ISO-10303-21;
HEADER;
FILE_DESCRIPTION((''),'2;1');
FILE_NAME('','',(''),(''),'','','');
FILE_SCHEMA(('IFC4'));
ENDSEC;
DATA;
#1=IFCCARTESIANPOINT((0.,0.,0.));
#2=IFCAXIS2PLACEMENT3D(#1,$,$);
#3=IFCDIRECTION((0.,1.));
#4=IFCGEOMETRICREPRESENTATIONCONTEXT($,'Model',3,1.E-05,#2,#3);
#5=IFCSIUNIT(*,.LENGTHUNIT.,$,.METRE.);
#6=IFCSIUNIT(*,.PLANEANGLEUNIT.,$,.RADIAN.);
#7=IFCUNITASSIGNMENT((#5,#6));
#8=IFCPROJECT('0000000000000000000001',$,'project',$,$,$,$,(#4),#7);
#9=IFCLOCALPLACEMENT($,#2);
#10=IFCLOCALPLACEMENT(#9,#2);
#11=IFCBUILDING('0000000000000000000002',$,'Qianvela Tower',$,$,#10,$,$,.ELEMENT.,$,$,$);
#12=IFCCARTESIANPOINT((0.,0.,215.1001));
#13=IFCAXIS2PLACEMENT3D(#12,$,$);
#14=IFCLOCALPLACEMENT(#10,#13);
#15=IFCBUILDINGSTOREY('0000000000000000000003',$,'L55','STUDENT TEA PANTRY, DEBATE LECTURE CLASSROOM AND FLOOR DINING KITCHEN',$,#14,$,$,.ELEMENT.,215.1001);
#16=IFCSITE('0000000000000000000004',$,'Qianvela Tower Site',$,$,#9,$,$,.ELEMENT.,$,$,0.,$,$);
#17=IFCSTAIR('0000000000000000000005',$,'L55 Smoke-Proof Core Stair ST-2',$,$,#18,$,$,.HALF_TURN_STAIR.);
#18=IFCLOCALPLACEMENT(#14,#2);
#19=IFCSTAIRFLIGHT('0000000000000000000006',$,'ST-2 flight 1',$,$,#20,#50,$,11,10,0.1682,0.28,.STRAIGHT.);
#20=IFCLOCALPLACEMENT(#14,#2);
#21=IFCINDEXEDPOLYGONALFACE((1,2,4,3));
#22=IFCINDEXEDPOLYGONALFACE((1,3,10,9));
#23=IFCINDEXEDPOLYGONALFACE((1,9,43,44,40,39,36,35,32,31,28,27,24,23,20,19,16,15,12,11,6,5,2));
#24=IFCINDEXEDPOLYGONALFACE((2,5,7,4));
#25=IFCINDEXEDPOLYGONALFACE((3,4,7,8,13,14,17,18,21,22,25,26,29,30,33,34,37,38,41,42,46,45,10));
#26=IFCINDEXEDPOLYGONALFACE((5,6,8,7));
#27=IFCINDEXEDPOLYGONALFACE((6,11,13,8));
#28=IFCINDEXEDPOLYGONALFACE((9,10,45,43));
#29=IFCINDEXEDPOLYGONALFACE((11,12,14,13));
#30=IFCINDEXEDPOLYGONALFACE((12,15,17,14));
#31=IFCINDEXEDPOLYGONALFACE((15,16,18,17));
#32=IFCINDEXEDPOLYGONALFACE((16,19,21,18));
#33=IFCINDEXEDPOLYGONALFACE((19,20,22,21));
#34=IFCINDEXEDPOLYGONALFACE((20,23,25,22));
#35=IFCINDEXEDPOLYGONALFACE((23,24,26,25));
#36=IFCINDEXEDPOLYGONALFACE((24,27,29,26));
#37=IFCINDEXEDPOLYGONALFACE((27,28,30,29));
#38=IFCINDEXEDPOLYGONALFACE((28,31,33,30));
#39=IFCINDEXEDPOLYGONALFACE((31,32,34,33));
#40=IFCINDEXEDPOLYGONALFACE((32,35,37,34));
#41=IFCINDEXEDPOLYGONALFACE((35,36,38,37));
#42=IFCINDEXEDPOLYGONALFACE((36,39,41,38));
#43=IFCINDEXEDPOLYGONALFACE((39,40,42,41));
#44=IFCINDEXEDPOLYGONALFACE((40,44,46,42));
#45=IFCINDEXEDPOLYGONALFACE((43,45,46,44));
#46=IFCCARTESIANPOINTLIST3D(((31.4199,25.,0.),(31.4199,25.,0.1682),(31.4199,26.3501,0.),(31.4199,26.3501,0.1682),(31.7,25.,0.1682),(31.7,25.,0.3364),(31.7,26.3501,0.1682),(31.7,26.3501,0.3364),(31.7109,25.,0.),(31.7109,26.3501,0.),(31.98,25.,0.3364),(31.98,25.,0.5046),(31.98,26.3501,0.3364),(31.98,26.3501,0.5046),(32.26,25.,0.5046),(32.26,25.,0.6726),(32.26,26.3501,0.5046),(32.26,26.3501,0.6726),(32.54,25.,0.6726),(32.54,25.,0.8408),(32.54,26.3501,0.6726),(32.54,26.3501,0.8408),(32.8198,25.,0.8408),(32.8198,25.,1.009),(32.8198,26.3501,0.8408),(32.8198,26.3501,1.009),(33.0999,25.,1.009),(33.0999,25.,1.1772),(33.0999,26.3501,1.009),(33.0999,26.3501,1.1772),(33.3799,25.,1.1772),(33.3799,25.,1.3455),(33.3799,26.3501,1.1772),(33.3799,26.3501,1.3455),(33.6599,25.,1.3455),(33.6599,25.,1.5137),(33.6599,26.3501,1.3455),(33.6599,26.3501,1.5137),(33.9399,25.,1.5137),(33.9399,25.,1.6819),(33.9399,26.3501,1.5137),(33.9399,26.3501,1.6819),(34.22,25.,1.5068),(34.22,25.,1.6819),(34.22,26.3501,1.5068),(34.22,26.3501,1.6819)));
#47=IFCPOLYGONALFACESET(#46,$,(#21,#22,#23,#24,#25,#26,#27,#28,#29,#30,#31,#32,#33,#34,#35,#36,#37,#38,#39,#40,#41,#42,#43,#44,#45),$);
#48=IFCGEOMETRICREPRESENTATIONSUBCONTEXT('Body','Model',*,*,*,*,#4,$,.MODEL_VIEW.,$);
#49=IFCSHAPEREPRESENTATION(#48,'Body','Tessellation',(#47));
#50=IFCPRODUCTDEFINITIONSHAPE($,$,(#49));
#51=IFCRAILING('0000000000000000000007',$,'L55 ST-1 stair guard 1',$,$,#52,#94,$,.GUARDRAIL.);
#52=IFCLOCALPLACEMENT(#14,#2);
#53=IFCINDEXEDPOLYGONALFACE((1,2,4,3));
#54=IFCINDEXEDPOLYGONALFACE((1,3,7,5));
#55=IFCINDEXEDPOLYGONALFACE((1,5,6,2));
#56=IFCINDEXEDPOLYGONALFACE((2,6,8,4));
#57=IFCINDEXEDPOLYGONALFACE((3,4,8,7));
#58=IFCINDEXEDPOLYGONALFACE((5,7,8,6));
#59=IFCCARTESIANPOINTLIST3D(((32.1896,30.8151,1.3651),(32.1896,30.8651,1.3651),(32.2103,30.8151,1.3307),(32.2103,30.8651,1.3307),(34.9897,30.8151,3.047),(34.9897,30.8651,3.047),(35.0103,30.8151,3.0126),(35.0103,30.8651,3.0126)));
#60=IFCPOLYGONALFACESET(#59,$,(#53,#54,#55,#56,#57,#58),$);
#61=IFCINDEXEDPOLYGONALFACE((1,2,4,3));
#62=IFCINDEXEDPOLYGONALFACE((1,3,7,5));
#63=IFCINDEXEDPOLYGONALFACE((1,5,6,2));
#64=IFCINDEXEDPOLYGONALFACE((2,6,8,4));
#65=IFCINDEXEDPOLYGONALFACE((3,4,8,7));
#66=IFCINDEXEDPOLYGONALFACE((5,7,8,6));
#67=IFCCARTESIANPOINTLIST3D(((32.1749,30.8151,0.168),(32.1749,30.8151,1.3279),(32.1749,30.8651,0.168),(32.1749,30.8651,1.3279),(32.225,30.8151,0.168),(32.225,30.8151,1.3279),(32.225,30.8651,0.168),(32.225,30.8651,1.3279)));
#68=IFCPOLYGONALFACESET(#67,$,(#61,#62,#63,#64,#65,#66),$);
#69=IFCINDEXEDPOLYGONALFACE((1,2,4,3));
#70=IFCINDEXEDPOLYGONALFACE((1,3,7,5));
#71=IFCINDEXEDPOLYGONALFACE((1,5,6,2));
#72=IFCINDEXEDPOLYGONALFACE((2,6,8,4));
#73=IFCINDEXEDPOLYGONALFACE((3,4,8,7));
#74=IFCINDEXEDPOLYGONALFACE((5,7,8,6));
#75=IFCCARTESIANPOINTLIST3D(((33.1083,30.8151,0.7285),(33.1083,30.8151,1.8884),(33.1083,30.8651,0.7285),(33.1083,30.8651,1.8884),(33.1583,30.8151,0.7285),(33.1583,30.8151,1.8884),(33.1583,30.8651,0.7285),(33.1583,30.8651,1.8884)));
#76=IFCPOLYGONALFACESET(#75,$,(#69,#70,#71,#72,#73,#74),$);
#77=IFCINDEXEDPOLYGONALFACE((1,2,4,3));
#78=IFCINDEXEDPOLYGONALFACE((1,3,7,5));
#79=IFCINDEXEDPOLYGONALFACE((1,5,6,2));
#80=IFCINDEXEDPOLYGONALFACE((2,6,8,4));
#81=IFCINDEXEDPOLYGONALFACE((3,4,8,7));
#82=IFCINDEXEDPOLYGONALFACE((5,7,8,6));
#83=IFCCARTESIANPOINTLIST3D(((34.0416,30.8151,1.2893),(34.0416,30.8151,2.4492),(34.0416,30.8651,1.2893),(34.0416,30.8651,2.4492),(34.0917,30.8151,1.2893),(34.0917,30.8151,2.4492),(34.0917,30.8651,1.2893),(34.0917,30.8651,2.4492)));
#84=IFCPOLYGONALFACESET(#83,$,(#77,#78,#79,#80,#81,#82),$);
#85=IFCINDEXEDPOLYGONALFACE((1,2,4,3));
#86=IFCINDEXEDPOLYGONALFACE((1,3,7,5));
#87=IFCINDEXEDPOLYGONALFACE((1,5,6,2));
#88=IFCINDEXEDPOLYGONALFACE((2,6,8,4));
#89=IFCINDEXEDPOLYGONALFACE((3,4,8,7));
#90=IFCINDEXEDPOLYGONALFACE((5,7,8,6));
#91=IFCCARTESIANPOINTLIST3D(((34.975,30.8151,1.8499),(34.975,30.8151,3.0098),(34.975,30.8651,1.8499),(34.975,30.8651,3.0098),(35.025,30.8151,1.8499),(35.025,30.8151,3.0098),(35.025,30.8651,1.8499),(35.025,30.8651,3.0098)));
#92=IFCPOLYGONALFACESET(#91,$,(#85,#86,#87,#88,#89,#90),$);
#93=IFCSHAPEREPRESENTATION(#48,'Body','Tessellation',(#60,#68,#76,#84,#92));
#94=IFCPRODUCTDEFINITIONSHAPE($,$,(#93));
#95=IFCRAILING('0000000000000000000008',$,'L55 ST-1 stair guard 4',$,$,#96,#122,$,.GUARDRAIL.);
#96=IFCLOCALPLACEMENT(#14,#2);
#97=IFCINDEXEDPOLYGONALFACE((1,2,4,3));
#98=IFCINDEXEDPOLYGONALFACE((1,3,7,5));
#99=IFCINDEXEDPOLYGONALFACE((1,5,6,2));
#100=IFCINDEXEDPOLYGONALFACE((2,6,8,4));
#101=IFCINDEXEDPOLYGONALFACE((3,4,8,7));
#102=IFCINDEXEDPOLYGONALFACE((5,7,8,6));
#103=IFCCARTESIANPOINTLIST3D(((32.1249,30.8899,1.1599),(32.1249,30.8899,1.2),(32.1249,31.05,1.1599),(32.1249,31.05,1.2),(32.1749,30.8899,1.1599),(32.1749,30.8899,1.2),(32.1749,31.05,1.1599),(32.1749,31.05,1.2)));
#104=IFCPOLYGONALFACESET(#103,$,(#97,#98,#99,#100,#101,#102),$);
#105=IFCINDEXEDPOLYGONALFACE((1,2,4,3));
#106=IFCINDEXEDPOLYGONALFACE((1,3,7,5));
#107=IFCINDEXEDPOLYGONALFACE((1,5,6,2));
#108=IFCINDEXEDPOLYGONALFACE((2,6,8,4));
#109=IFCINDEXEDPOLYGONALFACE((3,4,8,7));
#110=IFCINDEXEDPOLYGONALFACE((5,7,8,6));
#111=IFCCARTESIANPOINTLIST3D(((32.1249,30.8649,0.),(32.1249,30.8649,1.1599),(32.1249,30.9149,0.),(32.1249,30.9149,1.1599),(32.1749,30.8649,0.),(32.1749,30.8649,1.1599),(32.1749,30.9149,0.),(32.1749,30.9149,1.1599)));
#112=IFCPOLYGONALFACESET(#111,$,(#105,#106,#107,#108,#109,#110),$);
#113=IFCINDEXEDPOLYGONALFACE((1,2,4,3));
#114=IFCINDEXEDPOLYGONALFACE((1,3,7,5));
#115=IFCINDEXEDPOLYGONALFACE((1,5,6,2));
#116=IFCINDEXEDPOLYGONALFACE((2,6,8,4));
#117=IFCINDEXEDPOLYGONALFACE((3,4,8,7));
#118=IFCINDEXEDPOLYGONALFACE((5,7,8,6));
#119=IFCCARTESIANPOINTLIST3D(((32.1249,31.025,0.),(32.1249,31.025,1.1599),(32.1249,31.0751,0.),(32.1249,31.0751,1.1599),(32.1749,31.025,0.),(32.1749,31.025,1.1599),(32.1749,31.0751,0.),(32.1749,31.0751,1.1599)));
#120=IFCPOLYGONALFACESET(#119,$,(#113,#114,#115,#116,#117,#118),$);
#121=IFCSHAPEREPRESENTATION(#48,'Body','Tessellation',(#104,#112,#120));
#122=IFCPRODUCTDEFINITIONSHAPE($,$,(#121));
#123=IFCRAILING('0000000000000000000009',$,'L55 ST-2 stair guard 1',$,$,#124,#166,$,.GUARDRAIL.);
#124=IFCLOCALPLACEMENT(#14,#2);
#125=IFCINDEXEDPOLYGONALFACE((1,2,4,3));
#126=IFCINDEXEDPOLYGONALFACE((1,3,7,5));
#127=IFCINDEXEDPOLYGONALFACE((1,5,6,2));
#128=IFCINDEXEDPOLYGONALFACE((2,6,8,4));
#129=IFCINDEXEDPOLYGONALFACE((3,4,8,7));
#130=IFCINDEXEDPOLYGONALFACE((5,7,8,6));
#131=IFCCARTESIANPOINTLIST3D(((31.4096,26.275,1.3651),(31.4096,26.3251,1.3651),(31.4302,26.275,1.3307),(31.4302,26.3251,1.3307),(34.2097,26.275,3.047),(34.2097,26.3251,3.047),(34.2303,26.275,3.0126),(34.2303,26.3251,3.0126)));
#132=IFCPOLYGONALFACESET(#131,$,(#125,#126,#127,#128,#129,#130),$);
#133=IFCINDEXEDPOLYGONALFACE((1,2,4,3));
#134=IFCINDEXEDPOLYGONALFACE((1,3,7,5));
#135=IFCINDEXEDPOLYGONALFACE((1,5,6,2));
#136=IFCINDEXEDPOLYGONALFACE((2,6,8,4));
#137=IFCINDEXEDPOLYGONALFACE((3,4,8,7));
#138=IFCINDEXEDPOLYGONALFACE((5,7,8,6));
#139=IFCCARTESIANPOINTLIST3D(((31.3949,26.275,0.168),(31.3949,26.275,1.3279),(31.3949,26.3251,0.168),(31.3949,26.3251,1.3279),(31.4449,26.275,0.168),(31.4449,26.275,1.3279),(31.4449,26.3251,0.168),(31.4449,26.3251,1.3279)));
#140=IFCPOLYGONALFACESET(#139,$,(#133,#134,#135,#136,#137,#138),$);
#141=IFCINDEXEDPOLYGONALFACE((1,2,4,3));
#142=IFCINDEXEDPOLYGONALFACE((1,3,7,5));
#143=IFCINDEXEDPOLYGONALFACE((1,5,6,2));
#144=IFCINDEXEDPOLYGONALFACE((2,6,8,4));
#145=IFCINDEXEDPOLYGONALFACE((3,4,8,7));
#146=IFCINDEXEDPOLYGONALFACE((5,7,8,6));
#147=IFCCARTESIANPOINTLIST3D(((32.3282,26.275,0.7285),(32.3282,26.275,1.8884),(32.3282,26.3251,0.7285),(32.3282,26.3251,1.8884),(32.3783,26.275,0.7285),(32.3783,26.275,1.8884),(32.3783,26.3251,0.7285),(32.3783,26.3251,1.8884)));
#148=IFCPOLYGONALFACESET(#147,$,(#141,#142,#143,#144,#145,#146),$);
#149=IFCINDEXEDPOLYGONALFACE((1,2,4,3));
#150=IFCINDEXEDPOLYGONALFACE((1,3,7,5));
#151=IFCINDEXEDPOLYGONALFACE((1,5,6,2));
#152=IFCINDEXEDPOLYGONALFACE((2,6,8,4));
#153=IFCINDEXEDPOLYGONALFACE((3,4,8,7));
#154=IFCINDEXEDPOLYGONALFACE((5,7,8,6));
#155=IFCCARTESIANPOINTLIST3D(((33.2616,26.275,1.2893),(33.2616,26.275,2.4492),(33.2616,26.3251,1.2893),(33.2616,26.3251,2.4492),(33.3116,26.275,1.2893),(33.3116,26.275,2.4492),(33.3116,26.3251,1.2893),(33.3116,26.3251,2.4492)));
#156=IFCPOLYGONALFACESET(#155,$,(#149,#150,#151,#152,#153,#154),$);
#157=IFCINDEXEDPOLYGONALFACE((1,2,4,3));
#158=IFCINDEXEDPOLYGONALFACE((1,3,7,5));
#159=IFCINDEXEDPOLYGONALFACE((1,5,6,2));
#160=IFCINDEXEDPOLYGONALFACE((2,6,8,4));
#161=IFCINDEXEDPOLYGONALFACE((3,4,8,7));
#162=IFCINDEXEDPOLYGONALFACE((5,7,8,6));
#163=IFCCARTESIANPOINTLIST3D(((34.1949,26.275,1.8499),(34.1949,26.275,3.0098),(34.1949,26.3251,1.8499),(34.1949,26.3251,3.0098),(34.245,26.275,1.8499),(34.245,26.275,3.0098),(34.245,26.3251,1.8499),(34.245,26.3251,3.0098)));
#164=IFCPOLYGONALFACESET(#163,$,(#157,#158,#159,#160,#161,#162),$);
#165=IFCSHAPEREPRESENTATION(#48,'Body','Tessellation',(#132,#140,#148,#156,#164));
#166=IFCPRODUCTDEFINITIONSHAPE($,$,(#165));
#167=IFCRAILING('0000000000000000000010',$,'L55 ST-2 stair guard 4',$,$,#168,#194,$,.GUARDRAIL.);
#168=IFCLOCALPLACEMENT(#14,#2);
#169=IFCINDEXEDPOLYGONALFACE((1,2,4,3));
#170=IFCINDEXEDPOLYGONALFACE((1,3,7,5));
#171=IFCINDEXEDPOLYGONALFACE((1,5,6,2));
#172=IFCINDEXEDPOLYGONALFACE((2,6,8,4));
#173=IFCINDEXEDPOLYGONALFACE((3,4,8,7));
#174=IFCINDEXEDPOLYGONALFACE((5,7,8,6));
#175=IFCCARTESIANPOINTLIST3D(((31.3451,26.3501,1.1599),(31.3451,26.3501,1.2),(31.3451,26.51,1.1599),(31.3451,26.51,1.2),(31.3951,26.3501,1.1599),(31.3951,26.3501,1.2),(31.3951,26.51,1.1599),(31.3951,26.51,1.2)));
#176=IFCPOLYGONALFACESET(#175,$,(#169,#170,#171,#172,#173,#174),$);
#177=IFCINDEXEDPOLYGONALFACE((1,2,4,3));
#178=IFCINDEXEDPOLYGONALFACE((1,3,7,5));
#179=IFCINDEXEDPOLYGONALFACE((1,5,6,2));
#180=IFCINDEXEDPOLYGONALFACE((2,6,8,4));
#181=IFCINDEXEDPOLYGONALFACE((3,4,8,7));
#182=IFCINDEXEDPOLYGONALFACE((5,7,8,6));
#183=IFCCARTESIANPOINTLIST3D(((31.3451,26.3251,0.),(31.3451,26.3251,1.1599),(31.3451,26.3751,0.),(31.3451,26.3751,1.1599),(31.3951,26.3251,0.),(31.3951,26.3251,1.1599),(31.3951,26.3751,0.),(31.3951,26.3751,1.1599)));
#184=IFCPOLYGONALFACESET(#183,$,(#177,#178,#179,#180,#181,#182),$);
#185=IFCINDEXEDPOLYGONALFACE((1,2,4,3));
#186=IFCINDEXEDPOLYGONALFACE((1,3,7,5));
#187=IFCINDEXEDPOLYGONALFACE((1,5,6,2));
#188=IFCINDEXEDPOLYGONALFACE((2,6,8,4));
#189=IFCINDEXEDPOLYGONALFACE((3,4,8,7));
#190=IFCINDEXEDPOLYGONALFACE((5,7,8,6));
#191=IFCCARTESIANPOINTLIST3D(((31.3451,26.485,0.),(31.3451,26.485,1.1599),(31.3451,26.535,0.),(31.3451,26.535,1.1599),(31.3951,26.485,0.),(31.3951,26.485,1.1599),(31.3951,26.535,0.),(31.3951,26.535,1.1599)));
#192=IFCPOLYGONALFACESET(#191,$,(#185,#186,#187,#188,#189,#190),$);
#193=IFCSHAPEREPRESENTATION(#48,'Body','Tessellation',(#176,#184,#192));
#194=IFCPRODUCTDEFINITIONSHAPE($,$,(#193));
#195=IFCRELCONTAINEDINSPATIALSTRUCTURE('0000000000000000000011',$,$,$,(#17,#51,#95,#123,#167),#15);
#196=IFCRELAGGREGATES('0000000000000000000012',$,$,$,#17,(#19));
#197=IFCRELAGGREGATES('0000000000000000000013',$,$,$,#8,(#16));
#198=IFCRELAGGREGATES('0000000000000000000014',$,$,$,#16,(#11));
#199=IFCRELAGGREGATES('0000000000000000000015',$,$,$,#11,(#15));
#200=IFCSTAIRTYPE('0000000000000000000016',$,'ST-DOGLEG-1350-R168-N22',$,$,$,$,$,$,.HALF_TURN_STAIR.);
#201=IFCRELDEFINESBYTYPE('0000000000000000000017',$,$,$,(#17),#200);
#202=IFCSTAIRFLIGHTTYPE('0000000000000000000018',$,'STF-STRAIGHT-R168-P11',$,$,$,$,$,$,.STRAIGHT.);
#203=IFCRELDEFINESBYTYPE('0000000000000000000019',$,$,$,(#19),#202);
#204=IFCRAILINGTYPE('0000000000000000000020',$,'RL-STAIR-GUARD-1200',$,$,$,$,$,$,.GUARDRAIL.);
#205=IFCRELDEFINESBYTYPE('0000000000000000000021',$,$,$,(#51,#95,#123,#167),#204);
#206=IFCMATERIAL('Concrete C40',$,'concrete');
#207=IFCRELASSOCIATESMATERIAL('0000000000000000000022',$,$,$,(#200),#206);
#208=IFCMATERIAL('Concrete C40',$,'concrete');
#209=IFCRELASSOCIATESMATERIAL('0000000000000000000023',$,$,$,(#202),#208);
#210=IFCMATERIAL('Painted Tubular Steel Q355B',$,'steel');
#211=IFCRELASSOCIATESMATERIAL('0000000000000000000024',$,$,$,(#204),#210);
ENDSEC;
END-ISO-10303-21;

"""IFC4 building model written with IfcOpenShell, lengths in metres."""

from ifc_helpers import new_model, si_unit, direction, frame, origin, origin_2d, place, context, subcontext, project, spatial, polyline, rectangle, outline, extrude, material, type_object, element, aggregate, save


model = new_model("IFC4")

# Units and contexts
model_context = context("Model", 3, precision=1e-05, world=origin(), true_north=direction((0.0, 1.0)))
body_context = subcontext(model_context, "Body", "Model", "MODEL_VIEW")
ifc_project = project(units=[si_unit("LENGTHUNIT", "METRE"), si_unit("PLANEANGLEUNIT", "RADIAN")], contexts=[model_context])

# Site, building, storey
site_placement = place(None, origin())
site = spatial("IfcSite", under=ifc_project, at=site_placement, Name="Qianvela Tower Site", CompositionType="ELEMENT", RefElevation=0.0)
building_placement = place(site_placement, origin())
building = spatial("IfcBuilding", under=site, at=building_placement, Name="Qianvela Tower", CompositionType="ELEMENT")
storey_placement = place(building_placement, frame((0.0, 0.0, 215.1001)))
storey = spatial("IfcBuildingStorey", under=building, at=storey_placement, Name="L55", Description="STUDENT TEA PANTRY, DEBATE LECTURE CLASSROOM AND FLOOR DINING KITCHEN", CompositionType="ELEMENT", Elevation=215.1001)

# Stair, stair flight
ifc_material_1 = material(Name="Concrete C40", Category="concrete")
stair_type = type_object("IfcStairType", Name="ST-DOGLEG-1350-R168-N22", PredefinedType="HALF_TURN_STAIR", material=ifc_material_1)
ifc_material_2 = material(Name="Concrete C40", Category="concrete")
stair_flight_type = type_object("IfcStairFlightType", Name="STF-STRAIGHT-R168-P11", PredefinedType="STRAIGHT", material=ifc_material_2)
stair_1_placement = place(storey_placement, origin())
stair_1 = element("IfcStair", 1, at=stair_1_placement, inside=storey, type_object=stair_type, Name="L55 Smoke-Proof Core Stair ST-2", PredefinedType="HALF_TURN_STAIR")
stair_flight_1_placement = place(storey_placement, frame((31.4199, 25.675, 0.0), z_axis=(0.0, 0.0, 1.0), x_axis=(1.0, 0.0, 0.0)))
stair_flight_1 = element("IfcStairFlight", 2, at=stair_flight_1_placement, type_object=stair_flight_type, Name="ST-2 flight 1", NumberOfRisers=11, NumberOfTreads=10, PredefinedType="STRAIGHT", RiserHeight=0.1682, TreadLength=0.28, context=body_context, shape_type="SweptSolid", body=[
    extrude(outline(polyline([(0.0, 0.0), (0.0, 0.1682), (0.28, 0.1682), (0.28, 0.3364), (0.5601, 0.3364), (0.5601, 0.5046), (0.8401, 0.5046), (0.8401, 0.6726), (1.1201, 0.6726), (1.1201, 0.8408), (1.3999, 0.8408), (1.3999, 1.009), (1.6799, 1.009), (1.6799, 1.1772), (1.96, 1.1772), (1.96, 1.3455), (2.24, 1.3455), (2.24, 1.5137), (2.52, 1.5137), (2.52, 1.6819), (2.8, 1.6819), (2.8, 1.8501), (2.8, 1.5068), (0.291, 0.0), (0.0, 0.0)])), frame((0.0, 0.675, 0.0), z_axis=(0.0, -1.0, 0.0), x_axis=(1.0, 0.0, 0.0)), (0.0, 0.0, 1.0), 1.3501),
])
aggregate(stair_1, [stair_flight_1])

# Railings
ifc_material_3 = material(Name="Painted Tubular Steel Q355B", Category="steel")
railing_type_1 = type_object("IfcRailingType", Name="RL-STAIR-GUARD-1200", PredefinedType="GUARDRAIL", material=ifc_material_3)
railing_1_placement = place(storey_placement, frame((32.2, 30.8401, 0.168)))
element("IfcRailing", 3, at=railing_1_placement, inside=storey, type_object=railing_type_1, Name="L55 ST-1 stair guard 1", PredefinedType="GUARDRAIL", context=body_context, shape_type="SweptSolid", body=[
    extrude(rectangle(XDim=0.05, YDim=0.04, at=origin_2d()), frame((0.0, 0.0, 1.1799), z_axis=(0.857242, 0.0, 0.514913), x_axis=(0.0, 1.0, 0.0)), (0.0, 0.0, 1.0), 3.2664),
    extrude(rectangle(XDim=0.05, YDim=0.05, at=origin_2d()), origin(), (0.0, 0.0, 1.0), 1.1599),
    extrude(rectangle(XDim=0.05, YDim=0.05, at=origin_2d()), frame((0.9333, 0.0, 0.5605)), (0.0, 0.0, 1.0), 1.1599),
    extrude(rectangle(XDim=0.05, YDim=0.05, at=origin_2d()), frame((1.8667, 0.0, 1.1213)), (0.0, 0.0, 1.0), 1.1599),
    extrude(rectangle(XDim=0.05, YDim=0.05, at=origin_2d()), frame((2.8, 0.0, 1.6819)), (0.0, 0.0, 1.0), 1.1599),
])
railing_2_placement = place(storey_placement, frame((32.1499, 30.8899, 0.0)))
element("IfcRailing", 4, at=railing_2_placement, inside=storey, type_object=railing_type_1, Name="L55 ST-1 stair guard 4", PredefinedType="GUARDRAIL", context=body_context, shape_type="SweptSolid", body=[
    extrude(rectangle(XDim=0.05, YDim=0.04, at=origin_2d()), frame((0.0, 0.0, 1.1799), z_axis=(0.0, 1.0, 0.0), x_axis=(-1.0, 0.0, 0.0)), (0.0, 0.0, 1.0), 0.1602),
    extrude(rectangle(XDim=0.05, YDim=0.05, at=origin_2d()), origin(), (0.0, 0.0, 1.0), 1.1599),
    extrude(rectangle(XDim=0.05, YDim=0.05, at=origin_2d()), frame((0.0, 0.1602, 0.0)), (0.0, 0.0, 1.0), 1.1599),
])
railing_3_placement = place(storey_placement, frame((31.4199, 26.3, 0.168)))
element("IfcRailing", 5, at=railing_3_placement, inside=storey, type_object=railing_type_1, Name="L55 ST-2 stair guard 1", PredefinedType="GUARDRAIL", context=body_context, shape_type="SweptSolid", body=[
    extrude(rectangle(XDim=0.05, YDim=0.04, at=origin_2d()), frame((0.0, 0.0, 1.1799), z_axis=(0.857242, 0.0, 0.514913), x_axis=(0.0, 1.0, 0.0)), (0.0, 0.0, 1.0), 3.2664),
    extrude(rectangle(XDim=0.05, YDim=0.05, at=origin_2d()), origin(), (0.0, 0.0, 1.0), 1.1599),
    extrude(rectangle(XDim=0.05, YDim=0.05, at=origin_2d()), frame((0.9333, 0.0, 0.5605)), (0.0, 0.0, 1.0), 1.1599),
    extrude(rectangle(XDim=0.05, YDim=0.05, at=origin_2d()), frame((1.8667, 0.0, 1.1213)), (0.0, 0.0, 1.0), 1.1599),
    extrude(rectangle(XDim=0.05, YDim=0.05, at=origin_2d()), frame((2.8, 0.0, 1.6819)), (0.0, 0.0, 1.0), 1.1599),
])
railing_4_placement = place(storey_placement, frame((31.3701, 26.3501, 0.0)))
element("IfcRailing", 6, at=railing_4_placement, inside=storey, type_object=railing_type_1, Name="L55 ST-2 stair guard 4", PredefinedType="GUARDRAIL", context=body_context, shape_type="SweptSolid", body=[
    extrude(rectangle(XDim=0.05, YDim=0.04, at=origin_2d()), frame((0.0, 0.0, 1.1799), z_axis=(0.0, 1.0, 0.0), x_axis=(-1.0, 0.0, 0.0)), (0.0, 0.0, 1.0), 0.1599),
    extrude(rectangle(XDim=0.05, YDim=0.05, at=origin_2d()), origin(), (0.0, 0.0, 1.0), 1.1599),
    extrude(rectangle(XDim=0.05, YDim=0.05, at=origin_2d()), frame((0.0, 0.1599, 0.0)), (0.0, 0.0, 1.0), 1.1599),
])

save(model, "model.ifc")
